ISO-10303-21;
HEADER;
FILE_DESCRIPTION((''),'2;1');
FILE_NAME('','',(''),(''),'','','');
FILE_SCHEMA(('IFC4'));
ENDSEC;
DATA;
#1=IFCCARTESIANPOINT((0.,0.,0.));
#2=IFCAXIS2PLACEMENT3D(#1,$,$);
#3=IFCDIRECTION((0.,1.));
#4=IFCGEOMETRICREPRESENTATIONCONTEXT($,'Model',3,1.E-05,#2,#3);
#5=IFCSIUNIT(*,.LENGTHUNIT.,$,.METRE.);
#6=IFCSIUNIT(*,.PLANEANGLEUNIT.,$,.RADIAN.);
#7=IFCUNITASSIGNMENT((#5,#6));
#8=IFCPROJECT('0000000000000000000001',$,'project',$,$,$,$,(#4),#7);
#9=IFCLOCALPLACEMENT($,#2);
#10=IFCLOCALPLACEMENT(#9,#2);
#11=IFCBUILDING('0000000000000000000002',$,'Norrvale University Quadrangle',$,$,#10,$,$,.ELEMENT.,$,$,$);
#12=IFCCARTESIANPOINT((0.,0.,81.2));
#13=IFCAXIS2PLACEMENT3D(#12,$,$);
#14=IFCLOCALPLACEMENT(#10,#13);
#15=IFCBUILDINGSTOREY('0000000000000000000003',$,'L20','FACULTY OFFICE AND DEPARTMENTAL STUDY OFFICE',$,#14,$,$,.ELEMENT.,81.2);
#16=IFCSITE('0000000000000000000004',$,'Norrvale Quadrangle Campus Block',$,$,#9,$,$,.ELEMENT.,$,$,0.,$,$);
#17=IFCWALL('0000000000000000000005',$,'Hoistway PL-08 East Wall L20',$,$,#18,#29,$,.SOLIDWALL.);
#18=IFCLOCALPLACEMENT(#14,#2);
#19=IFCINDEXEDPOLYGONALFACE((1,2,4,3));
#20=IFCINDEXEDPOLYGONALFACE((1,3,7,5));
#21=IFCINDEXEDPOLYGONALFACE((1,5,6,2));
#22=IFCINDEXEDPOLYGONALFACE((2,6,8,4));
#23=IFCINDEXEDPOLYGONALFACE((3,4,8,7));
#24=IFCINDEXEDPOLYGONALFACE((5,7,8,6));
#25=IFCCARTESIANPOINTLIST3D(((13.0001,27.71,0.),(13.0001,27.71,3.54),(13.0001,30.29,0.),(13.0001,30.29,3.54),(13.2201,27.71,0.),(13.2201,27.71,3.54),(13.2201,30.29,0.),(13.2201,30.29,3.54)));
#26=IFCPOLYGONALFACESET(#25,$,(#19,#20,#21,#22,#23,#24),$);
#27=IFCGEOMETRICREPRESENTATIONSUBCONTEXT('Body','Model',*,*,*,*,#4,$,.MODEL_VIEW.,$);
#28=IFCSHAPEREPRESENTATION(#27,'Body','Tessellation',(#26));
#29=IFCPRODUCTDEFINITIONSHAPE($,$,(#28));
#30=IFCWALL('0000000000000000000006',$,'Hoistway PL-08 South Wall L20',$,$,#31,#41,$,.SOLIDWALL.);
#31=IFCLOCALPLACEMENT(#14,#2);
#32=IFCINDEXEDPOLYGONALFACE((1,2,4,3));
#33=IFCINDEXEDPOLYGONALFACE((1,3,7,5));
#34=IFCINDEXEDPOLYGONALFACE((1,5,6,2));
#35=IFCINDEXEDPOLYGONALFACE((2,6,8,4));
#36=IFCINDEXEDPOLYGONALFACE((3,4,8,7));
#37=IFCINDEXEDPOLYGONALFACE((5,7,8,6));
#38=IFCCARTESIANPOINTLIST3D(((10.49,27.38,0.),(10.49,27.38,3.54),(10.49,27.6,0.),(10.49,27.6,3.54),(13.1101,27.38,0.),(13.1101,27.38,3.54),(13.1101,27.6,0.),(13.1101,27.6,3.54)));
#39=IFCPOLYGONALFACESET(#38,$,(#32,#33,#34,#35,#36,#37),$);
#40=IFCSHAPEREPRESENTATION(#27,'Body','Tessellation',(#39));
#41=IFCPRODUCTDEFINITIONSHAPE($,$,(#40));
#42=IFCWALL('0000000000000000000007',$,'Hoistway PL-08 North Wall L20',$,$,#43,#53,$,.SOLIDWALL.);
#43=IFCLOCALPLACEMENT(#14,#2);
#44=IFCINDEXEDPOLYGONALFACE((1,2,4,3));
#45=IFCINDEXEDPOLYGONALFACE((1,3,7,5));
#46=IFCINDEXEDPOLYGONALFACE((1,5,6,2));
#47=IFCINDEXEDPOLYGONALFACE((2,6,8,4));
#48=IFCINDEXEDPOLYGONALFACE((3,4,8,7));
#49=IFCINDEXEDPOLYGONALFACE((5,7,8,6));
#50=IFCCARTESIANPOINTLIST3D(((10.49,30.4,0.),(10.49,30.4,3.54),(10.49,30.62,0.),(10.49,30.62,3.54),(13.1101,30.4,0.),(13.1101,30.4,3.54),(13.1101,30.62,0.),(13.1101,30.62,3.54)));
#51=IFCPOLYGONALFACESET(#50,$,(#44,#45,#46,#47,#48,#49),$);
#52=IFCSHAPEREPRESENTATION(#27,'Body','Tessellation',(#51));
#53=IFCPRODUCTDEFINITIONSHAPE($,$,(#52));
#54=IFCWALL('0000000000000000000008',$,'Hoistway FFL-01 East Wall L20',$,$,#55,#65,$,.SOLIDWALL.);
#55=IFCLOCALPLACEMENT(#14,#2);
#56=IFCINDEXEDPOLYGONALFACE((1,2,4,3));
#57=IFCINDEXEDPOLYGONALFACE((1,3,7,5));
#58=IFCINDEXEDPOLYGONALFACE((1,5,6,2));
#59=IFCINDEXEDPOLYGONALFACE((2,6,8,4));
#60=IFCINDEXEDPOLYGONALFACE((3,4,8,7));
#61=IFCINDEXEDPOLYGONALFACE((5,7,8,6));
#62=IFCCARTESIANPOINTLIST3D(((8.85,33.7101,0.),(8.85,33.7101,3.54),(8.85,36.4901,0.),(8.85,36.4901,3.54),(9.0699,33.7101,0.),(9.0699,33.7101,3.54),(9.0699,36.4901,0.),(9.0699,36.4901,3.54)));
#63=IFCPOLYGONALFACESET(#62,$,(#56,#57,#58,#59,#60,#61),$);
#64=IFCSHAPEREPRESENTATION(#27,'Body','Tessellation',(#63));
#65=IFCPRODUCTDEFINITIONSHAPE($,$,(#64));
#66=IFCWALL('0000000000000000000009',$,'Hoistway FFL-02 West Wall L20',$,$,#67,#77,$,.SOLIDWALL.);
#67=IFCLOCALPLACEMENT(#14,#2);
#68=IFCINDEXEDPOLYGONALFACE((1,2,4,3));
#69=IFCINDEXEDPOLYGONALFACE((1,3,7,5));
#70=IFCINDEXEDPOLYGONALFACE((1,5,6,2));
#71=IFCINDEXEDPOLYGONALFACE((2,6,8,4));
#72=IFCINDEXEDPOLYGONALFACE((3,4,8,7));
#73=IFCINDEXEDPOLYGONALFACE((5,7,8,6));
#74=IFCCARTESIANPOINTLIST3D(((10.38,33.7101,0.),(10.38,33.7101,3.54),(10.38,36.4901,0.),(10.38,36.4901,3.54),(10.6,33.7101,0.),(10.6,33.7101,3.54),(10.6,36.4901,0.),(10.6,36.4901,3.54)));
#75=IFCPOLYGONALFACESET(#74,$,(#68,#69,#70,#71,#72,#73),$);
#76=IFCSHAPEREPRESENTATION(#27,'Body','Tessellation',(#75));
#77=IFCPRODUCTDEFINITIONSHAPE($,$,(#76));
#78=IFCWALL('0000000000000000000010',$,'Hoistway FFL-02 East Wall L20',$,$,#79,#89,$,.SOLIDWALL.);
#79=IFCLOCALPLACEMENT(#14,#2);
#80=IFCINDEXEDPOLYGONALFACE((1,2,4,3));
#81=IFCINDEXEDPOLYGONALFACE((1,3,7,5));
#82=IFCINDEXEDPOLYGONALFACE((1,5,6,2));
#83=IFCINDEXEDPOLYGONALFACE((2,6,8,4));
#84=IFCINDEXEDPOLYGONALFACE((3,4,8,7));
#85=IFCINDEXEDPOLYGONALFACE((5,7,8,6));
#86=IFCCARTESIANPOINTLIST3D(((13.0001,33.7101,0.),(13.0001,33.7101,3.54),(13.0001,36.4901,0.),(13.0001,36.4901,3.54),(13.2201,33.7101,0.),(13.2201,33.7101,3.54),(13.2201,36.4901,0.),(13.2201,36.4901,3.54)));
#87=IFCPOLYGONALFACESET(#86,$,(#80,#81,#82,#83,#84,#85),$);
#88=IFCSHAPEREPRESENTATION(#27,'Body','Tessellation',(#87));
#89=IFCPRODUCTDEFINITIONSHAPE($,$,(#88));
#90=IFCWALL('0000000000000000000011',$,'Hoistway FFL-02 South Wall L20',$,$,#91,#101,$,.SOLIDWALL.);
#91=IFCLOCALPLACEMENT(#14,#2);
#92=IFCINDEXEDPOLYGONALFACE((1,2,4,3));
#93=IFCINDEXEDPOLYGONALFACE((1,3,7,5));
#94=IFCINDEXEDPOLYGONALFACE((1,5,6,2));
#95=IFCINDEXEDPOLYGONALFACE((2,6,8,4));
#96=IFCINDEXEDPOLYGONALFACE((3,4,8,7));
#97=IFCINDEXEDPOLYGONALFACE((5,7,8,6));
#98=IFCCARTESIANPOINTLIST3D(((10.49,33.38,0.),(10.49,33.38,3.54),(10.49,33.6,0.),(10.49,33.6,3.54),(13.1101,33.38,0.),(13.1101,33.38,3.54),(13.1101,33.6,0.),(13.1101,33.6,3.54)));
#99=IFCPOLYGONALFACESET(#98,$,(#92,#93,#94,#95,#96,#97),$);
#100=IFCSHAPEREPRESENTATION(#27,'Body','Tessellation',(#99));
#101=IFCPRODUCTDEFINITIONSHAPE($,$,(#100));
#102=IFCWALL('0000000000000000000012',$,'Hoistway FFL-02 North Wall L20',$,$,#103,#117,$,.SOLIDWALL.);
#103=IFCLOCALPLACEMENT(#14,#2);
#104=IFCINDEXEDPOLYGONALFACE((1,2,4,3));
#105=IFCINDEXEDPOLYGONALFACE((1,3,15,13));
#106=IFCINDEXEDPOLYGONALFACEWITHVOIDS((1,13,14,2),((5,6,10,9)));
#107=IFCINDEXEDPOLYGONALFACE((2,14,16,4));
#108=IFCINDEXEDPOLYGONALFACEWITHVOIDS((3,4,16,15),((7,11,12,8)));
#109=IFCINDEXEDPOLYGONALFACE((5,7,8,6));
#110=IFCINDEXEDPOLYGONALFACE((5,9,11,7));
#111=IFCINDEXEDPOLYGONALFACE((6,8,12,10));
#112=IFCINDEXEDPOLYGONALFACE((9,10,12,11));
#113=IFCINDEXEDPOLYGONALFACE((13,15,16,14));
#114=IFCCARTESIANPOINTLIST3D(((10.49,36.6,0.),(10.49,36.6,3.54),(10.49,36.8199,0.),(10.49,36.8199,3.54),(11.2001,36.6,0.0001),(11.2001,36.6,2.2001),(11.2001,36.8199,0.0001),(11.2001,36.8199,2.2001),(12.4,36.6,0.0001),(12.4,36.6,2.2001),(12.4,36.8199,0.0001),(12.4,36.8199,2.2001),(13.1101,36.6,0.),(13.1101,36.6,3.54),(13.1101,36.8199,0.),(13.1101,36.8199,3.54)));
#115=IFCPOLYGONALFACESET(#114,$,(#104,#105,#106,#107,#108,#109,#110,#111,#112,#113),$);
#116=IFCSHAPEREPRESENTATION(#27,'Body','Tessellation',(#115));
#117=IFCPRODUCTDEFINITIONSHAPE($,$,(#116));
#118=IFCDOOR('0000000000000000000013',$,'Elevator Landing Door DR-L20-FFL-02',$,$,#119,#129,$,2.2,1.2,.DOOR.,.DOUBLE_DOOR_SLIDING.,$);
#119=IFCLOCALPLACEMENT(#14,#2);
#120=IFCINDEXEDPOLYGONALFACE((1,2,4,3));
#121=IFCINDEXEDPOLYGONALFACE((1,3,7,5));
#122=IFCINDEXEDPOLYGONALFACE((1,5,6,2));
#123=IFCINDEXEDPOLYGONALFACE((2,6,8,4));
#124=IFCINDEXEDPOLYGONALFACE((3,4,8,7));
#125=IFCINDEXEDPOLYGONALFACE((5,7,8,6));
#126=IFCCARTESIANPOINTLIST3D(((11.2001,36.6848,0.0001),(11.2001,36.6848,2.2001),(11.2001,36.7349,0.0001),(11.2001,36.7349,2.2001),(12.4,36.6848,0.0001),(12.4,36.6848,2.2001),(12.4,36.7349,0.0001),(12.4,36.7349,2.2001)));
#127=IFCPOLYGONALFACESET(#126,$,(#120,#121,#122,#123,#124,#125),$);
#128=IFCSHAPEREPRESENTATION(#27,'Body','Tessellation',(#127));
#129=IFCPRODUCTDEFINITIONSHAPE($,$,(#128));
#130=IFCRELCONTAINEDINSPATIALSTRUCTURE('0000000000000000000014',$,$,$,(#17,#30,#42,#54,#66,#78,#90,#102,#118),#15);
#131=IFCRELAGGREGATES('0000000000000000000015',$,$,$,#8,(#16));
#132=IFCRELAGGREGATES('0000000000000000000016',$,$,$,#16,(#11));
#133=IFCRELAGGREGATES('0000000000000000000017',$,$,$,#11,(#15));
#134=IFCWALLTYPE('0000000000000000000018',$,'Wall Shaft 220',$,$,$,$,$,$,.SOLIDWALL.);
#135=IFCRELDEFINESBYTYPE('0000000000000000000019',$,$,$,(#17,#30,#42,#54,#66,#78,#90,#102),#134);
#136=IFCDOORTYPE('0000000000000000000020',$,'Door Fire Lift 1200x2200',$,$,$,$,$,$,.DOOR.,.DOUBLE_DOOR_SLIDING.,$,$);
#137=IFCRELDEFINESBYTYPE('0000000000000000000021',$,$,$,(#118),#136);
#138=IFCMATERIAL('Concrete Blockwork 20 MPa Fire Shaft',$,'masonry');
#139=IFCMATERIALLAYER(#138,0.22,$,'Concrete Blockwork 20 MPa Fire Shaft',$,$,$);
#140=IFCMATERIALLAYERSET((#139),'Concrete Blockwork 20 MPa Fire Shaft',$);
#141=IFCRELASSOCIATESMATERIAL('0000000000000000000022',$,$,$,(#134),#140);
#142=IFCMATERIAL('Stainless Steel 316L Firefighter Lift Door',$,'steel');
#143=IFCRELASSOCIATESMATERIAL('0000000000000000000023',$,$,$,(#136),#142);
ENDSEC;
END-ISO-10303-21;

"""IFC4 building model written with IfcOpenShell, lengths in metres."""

from ifc_helpers import new_model, si_unit, direction, frame, frame_2d, origin, place, context, subcontext, project, spatial, rectangle, extrude, material, layer, layer_set, type_object, element, fill, save


model = new_model("IFC4")

# Units and contexts
model_context = context("Model", 3, precision=1e-05, world=origin(), true_north=direction((0.0, 1.0)))
body_context = subcontext(model_context, "Body", "Model", "MODEL_VIEW")
ifc_project = project(units=[si_unit("LENGTHUNIT", "METRE"), si_unit("PLANEANGLEUNIT", "RADIAN")], contexts=[model_context])

# Site, building, storey
site_placement = place(None, origin())
site = spatial("IfcSite", under=ifc_project, at=site_placement, Name="Norrvale Quadrangle Campus Block", CompositionType="ELEMENT", RefElevation=0.0)
building_placement = place(site_placement, origin())
building = spatial("IfcBuilding", under=site, at=building_placement, Name="Norrvale University Quadrangle", CompositionType="ELEMENT")
storey_placement = place(building_placement, frame((0.0, 0.0, 81.2)))
storey = spatial("IfcBuildingStorey", under=building, at=storey_placement, Name="L20", Description="FACULTY OFFICE AND DEPARTMENTAL STUDY OFFICE", CompositionType="ELEMENT", Elevation=81.2)

# Walls
ifc_material_1 = material(Name="Concrete Blockwork 20 MPa Fire Shaft", Category="masonry")
ifc_layer_1 = layer(ifc_material_1, 0.22, Name="Concrete Blockwork 20 MPa Fire Shaft")
ifc_layer_set_1 = layer_set([ifc_layer_1], Name="Concrete Blockwork 20 MPa Fire Shaft")
wall_type_1 = type_object("IfcWallType", Name="Wall Shaft 220", PredefinedType="SOLIDWALL", material=ifc_layer_set_1)
for number, where, z_axis, x_axis, name in (
    (1, (13.1101, 27.71, 0.0), (0.0, 0.0, 1.0), (0.0, 1.0, 0.0), "Hoistway PL-08 East Wall L20"),
):
    element("IfcWall", number, at=place(storey_placement, frame(where, z_axis=z_axis, x_axis=x_axis)), inside=storey, type_object=wall_type_1, Name=name, PredefinedType="SOLIDWALL", context=body_context, shape_type="SweptSolid", body=[
        extrude(rectangle(XDim=2.5801, YDim=0.22, at=frame_2d((1.29, 0.0))), origin(), (0.0, 0.0, 1.0), 3.54),
    ])
for number, where, z_axis, x_axis, name in (
    (2, (10.49, 27.49, 0.0), (0.0, 0.0, 1.0), (1.0, 0.0, 0.0), "Hoistway PL-08 South Wall L20"),
    (3, (10.49, 30.51, 0.0), (0.0, 0.0, 1.0), (1.0, 0.0, 0.0), "Hoistway PL-08 North Wall L20"),
):
    element("IfcWall", number, at=place(storey_placement, frame(where, z_axis=z_axis, x_axis=x_axis)), inside=storey, type_object=wall_type_1, Name=name, PredefinedType="SOLIDWALL", context=body_context, shape_type="SweptSolid", body=[
        extrude(rectangle(XDim=2.6201, YDim=0.22, at=frame_2d((1.3101, 0.0))), origin(), (0.0, 0.0, 1.0), 3.54),
    ])
for number, where, z_axis, x_axis, name in (
    (4, (8.96, 33.71, 0.0), (0.0, 0.0, 1.0), (0.0, 1.0, 0.0), "Hoistway FFL-01 East Wall L20"),
    (5, (10.49, 33.71, 0.0), (0.0, 0.0, 1.0), (0.0, 1.0, 0.0), "Hoistway FFL-02 West Wall L20"),
    (6, (13.1101, 33.71, 0.0), (0.0, 0.0, 1.0), (0.0, 1.0, 0.0), "Hoistway FFL-02 East Wall L20"),
):
    element("IfcWall", number, at=place(storey_placement, frame(where, z_axis=z_axis, x_axis=x_axis)), inside=storey, type_object=wall_type_1, Name=name, PredefinedType="SOLIDWALL", context=body_context, shape_type="SweptSolid", body=[
        extrude(rectangle(XDim=2.78, YDim=0.22, at=frame_2d((1.3901, 0.0))), origin(), (0.0, 0.0, 1.0), 3.54),
    ])
wall_1_placement = place(storey_placement, frame((10.49, 33.49, 0.0), z_axis=(0.0, 0.0, 1.0), x_axis=(1.0, 0.0, 0.0)))
element("IfcWall", 7, at=wall_1_placement, inside=storey, type_object=wall_type_1, Name="Hoistway FFL-02 South Wall L20", PredefinedType="SOLIDWALL", context=body_context, shape_type="SweptSolid", body=[
    extrude(rectangle(XDim=2.6201, YDim=0.22, at=frame_2d((1.3101, 0.0))), origin(), (0.0, 0.0, 1.0), 3.54),
])

# Wall, opening, door
wall_2_placement = place(storey_placement, frame((10.49, 36.71, 0.0), z_axis=(0.0, 0.0, 1.0), x_axis=(1.0, 0.0, 0.0)))
wall_2 = element("IfcWall", 8, at=wall_2_placement, inside=storey, type_object=wall_type_1, Name="Hoistway FFL-02 North Wall L20", PredefinedType="SOLIDWALL", context=body_context, shape_type="SweptSolid", body=[
    extrude(rectangle(XDim=2.6201, YDim=0.22, at=frame_2d((1.3101, 0.0))), origin(), (0.0, 0.0, 1.0), 3.54),
])
opening_1_placement = place(wall_2_placement, frame((0.71, 0.0, 0.0)))
opening_1 = element("IfcOpeningElement", 9, at=opening_1_placement, cuts=wall_2, PredefinedType="OPENING", context=body_context, shape_type="SweptSolid", body=[
    extrude(rectangle(XDim=1.2, YDim=2.2, at=frame_2d((0.6001, 1.1001))), frame((0.0, 0.1221, 0.0), z_axis=(0.0, -1.0, 0.0), x_axis=(1.0, 0.0, 0.0)), (0.0, 0.0, 1.0), 0.2439),
])
ifc_material_2 = material(Name="Stainless Steel 316L Firefighter Lift Door", Category="steel")
door_type_1 = type_object("IfcDoorType", Name="Door Fire Lift 1200x2200", OperationType="DOUBLE_DOOR_SLIDING", PredefinedType="DOOR", material=ifc_material_2)
door_1_placement = place(opening_1_placement, origin())
door_1 = element("IfcDoor", 10, at=door_1_placement, inside=storey, type_object=door_type_1, Name="Elevator Landing Door DR-L20-FFL-02", OperationType="DOUBLE_DOOR_SLIDING", OverallHeight=2.2, OverallWidth=1.2, PredefinedType="DOOR", context=body_context, shape_type="SweptSolid", body=[
    extrude(rectangle(XDim=1.2, YDim=2.2, at=frame_2d((0.6001, 1.1001))), frame((0.0, 0.0249, 0.0), z_axis=(0.0, -1.0, 0.0), x_axis=(1.0, 0.0, 0.0)), (0.0, 0.0, 1.0), 0.05),
])
fill(opening_1, door_1)

save(model, "model.ifc")
